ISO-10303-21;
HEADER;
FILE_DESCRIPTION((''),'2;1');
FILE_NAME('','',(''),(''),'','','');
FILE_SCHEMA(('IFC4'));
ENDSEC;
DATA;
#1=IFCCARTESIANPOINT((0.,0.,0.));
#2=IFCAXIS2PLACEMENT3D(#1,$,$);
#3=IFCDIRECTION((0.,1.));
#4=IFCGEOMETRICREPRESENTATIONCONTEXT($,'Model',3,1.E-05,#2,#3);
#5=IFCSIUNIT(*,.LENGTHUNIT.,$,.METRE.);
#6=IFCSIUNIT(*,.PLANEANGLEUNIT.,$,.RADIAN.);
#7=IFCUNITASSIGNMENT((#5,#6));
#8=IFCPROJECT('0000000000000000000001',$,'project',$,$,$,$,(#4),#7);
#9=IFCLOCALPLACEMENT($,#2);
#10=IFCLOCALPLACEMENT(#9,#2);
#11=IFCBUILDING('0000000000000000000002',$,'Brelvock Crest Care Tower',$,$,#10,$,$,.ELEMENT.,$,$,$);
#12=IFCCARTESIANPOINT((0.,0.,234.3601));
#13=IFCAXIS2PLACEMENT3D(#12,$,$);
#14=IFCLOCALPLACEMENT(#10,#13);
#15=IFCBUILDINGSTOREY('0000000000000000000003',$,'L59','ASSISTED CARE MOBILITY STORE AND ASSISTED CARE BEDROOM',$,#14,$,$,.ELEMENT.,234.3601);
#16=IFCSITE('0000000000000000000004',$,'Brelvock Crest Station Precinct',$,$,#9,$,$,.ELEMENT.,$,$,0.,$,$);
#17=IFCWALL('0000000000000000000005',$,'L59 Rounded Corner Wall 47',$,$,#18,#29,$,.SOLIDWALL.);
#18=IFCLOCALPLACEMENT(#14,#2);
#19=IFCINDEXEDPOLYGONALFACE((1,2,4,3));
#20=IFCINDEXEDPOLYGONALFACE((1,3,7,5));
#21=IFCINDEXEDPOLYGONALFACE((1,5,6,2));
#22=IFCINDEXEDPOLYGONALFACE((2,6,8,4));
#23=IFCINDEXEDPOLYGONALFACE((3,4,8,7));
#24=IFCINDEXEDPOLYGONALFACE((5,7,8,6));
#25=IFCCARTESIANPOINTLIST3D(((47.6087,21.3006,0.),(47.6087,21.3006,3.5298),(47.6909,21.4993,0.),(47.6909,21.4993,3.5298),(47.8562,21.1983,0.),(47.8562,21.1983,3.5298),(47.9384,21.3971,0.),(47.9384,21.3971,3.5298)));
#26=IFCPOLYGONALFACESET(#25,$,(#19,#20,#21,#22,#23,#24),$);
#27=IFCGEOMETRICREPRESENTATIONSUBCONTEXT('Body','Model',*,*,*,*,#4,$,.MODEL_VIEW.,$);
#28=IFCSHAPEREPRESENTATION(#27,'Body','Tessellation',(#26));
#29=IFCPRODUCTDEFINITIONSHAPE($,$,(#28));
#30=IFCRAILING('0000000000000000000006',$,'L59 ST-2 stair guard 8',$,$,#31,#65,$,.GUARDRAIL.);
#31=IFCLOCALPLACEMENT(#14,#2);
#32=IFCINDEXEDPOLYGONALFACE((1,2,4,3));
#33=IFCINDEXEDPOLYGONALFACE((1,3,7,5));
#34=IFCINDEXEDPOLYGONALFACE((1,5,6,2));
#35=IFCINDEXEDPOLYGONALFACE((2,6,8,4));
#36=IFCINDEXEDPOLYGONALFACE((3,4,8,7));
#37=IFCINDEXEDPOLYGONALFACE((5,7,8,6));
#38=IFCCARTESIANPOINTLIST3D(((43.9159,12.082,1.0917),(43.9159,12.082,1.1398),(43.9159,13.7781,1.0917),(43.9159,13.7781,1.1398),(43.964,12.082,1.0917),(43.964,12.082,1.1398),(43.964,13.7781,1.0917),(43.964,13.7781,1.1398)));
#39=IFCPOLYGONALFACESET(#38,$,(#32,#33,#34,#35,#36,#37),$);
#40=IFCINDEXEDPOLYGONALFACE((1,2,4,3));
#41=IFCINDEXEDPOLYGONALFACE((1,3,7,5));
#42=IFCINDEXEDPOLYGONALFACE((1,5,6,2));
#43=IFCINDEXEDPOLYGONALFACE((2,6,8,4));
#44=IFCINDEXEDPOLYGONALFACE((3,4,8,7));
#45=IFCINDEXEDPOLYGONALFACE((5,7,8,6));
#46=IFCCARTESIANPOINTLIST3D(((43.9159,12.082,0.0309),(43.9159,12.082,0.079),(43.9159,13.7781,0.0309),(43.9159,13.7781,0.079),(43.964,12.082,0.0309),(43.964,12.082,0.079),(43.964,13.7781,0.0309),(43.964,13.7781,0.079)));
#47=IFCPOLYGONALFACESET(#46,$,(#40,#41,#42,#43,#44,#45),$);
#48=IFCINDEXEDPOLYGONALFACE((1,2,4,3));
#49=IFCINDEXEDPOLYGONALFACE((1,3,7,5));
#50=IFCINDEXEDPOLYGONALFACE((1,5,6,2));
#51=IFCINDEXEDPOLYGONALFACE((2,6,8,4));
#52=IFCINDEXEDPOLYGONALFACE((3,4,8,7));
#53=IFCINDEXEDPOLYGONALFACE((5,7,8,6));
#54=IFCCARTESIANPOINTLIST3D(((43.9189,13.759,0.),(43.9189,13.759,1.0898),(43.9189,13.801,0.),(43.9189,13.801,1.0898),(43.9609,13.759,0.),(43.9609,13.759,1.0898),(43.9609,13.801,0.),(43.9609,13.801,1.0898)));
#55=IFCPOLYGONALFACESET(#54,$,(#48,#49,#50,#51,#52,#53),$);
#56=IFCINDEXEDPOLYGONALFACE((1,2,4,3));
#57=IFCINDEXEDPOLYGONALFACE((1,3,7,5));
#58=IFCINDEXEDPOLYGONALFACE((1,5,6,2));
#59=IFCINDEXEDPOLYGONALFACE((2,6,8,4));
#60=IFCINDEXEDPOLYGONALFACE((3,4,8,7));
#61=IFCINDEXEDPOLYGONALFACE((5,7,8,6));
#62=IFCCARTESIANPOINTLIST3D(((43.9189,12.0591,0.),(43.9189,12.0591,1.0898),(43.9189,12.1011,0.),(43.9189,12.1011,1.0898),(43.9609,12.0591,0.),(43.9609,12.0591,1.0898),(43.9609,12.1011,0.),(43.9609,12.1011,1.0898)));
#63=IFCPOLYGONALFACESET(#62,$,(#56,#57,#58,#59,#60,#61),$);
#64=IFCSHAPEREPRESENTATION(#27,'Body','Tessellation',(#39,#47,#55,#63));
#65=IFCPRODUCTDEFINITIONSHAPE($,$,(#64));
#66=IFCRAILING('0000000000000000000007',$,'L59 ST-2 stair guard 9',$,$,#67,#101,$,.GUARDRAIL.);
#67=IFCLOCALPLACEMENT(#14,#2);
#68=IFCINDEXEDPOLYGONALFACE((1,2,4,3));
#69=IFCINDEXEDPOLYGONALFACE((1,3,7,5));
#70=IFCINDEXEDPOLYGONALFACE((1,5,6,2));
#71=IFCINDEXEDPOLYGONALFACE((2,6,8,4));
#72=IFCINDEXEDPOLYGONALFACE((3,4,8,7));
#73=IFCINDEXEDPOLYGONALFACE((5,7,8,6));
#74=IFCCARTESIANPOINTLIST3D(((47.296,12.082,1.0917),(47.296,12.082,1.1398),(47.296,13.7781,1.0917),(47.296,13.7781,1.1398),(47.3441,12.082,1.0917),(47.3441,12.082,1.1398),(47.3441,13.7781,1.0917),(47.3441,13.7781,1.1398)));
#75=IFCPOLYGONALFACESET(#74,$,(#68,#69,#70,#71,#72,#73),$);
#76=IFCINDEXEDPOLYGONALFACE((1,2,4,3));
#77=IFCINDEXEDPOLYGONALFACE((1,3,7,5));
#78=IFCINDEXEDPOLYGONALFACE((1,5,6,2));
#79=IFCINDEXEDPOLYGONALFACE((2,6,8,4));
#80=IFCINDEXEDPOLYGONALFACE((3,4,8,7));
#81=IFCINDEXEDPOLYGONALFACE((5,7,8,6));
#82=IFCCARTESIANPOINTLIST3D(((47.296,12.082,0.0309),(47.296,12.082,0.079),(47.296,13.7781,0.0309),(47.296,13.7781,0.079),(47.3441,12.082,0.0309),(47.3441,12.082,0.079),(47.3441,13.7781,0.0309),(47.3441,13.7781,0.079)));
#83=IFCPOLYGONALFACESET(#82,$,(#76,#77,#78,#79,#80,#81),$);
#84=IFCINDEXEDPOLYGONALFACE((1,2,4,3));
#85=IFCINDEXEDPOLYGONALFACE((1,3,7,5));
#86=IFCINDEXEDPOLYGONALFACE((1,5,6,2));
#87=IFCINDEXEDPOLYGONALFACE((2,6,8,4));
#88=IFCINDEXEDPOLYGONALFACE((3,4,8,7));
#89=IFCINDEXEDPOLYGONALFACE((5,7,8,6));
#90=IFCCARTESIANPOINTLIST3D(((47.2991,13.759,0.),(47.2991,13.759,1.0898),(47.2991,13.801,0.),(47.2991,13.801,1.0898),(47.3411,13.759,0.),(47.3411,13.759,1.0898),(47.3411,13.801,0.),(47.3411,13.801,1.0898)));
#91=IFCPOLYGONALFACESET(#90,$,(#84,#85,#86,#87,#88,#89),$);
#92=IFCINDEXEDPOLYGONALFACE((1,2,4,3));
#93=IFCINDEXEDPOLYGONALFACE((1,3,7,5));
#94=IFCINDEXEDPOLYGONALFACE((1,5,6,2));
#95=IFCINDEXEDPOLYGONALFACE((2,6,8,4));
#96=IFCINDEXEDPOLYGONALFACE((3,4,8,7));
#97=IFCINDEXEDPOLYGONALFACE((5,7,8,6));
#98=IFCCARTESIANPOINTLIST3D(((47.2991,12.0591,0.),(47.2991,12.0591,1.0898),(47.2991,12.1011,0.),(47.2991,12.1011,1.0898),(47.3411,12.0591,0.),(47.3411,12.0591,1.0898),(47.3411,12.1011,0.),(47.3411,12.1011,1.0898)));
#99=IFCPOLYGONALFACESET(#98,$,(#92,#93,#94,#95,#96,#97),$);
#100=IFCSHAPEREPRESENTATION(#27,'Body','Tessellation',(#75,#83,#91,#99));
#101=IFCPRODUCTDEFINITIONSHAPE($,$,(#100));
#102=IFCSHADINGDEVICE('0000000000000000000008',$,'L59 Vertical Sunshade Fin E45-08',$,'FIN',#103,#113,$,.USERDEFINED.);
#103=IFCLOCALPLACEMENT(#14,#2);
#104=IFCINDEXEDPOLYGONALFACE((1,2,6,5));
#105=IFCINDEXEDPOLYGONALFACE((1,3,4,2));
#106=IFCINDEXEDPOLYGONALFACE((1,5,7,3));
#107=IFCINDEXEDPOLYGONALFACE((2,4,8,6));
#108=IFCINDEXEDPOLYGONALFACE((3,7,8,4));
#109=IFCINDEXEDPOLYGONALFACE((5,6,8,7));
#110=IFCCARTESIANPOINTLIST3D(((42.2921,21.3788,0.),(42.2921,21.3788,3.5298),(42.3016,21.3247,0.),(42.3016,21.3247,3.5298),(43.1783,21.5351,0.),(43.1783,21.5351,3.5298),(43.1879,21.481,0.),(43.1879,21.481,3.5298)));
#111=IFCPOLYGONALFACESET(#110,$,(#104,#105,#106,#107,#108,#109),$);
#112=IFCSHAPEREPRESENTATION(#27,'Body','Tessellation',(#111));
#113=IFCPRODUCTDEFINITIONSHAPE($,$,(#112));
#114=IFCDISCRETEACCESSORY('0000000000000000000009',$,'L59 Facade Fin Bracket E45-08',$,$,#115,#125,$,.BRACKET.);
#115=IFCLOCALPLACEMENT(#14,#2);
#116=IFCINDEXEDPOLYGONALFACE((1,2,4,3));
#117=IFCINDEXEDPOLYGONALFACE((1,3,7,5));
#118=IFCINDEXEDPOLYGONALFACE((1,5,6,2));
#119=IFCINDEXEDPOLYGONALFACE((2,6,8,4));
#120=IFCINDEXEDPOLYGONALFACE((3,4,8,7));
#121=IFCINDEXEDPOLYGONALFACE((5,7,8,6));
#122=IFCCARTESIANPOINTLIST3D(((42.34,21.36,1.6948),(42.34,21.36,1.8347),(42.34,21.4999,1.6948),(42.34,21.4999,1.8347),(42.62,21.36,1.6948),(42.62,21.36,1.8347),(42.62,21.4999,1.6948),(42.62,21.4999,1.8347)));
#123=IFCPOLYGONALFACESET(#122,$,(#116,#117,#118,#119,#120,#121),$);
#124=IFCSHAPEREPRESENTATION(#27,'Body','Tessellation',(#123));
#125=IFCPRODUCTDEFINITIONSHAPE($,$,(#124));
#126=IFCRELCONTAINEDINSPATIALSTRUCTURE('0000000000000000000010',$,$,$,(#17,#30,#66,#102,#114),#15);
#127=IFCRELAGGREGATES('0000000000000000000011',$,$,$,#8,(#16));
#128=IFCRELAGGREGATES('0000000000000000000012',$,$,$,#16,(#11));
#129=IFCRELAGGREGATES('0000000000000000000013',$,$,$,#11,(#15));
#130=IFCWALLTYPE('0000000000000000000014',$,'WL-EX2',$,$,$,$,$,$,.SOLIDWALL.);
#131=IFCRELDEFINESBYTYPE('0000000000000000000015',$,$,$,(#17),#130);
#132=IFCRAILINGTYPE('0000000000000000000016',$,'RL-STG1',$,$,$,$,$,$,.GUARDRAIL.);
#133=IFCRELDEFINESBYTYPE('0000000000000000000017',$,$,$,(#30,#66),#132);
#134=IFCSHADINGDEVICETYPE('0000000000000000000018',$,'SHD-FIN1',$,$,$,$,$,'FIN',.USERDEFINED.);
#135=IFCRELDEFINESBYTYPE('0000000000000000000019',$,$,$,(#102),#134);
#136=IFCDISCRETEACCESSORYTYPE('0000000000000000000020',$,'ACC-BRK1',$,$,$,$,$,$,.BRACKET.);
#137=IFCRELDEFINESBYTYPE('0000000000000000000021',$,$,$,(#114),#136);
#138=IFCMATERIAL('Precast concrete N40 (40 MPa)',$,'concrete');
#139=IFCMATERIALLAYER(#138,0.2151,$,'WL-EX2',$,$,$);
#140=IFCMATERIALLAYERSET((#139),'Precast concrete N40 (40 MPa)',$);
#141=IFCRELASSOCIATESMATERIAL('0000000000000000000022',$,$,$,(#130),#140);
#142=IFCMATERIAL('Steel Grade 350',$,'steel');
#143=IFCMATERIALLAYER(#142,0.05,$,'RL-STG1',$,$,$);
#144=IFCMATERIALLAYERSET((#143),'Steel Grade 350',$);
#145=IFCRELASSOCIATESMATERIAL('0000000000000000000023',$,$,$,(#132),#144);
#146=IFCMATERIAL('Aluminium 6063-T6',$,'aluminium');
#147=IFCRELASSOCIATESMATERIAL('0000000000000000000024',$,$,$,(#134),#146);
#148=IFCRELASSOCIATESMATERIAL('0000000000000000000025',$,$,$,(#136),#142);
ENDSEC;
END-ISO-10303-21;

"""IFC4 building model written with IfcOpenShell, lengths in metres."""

from ifc_helpers import new_model, si_unit, direction, frame, frame_2d, origin, origin_2d, place, context, subcontext, project, spatial, rectangle, extrude, source, transform, mapped, material, layer, layer_set, material_profile, profile_set, type_object, element, save


model = new_model("IFC4")

# Units and contexts
model_context = context("Model", 3, precision=1e-05, world=origin(), true_north=direction((0.0, 1.0)))
body_context = subcontext(model_context, "Body", "Model", "MODEL_VIEW")
ifc_project = project(units=[si_unit("LENGTHUNIT", "METRE"), si_unit("PLANEANGLEUNIT", "RADIAN")], contexts=[model_context])

# Site, building, storey
site_placement = place(None, origin())
site = spatial("IfcSite", under=ifc_project, at=site_placement, Name="Brelvock Crest Station Precinct", CompositionType="ELEMENT", RefElevation=0.0)
building_placement = place(site_placement, origin())
building = spatial("IfcBuilding", under=site, at=building_placement, Name="Brelvock Crest Care Tower", CompositionType="ELEMENT")
storey_placement = place(building_placement, frame((0.0, 0.0, 234.3601)))
storey = spatial("IfcBuildingStorey", under=building, at=storey_placement, Name="L59", Description="ASSISTED CARE MOBILITY STORE AND ASSISTED CARE BEDROOM", CompositionType="ELEMENT", Elevation=234.3601)

# Shared definitions
ifc_material_1 = material(Name="Steel Grade 350", Category="steel")

# Shared definitions
ifc_material_2 = material(Name="Aluminium 6063-T6", Category="aluminium")

# Wall
ifc_material_3 = material(Name="Precast concrete N40 (40 MPa)", Category="concrete")
ifc_layer_1 = layer(ifc_material_3, 0.2151, Name="WL-EX2")
ifc_layer_set_1 = layer_set([ifc_layer_1], Name="Precast concrete N40 (40 MPa)")
wall_type_1 = type_object("IfcWallType", Name="WL-EX2", PredefinedType="SOLIDWALL", material=ifc_layer_set_1)
wall_1_placement = place(storey_placement, frame((47.6499, 21.3999, 0.0), z_axis=(0.0, 0.0, 1.0), x_axis=(0.924205, -0.381896, 0.0)))
element("IfcWall", 1, at=wall_1_placement, inside=storey, type_object=wall_type_1, Name="L59 Rounded Corner Wall 47", PredefinedType="SOLIDWALL", context=body_context, shape_type="SweptSolid", body=[
    extrude(rectangle(XDim=0.2678, YDim=0.2151, at=frame_2d((0.1338, 0.0))), origin(), (0.0, 0.0, 1.0), 3.5298),
])

# Railings
ifc_layer_2 = layer(ifc_material_1, 0.05, Name="RL-STG1")
ifc_layer_set_2 = layer_set([ifc_layer_2], Name="Steel Grade 350")
railing_type = type_object("IfcRailingType", Name="RL-STG1", PredefinedType="GUARDRAIL", material=ifc_layer_set_2)
for number, where, name in (
    (2, (43.9399, 13.78, 0.0), "L59 ST-2 stair guard 8"),
    (3, (47.3201, 13.78, 0.0), "L59 ST-2 stair guard 9"),
):
    element("IfcRailing", number, at=place(storey_placement, frame(where)), inside=storey, type_object=railing_type, Name=name, PredefinedType="GUARDRAIL", context=body_context, shape_type="SweptSolid", body=[
        extrude(rectangle(XDim=0.0481, YDim=0.0481, at=origin_2d()), frame((0.0, -0.002, 1.1157), z_axis=(0.0, -1.0, 0.0), x_axis=(1.0, 0.0, 0.0)), (0.0, 0.0, 1.0), 1.696),
        extrude(rectangle(XDim=0.0481, YDim=0.0481, at=origin_2d()), frame((0.0, -0.002, 0.0549), z_axis=(0.0, -1.0, 0.0), x_axis=(1.0, 0.0, 0.0)), (0.0, 0.0, 1.0), 1.696),
        extrude(rectangle(XDim=0.042, YDim=0.042, at=origin_2d()), origin(), (0.0, 0.0, 1.0), 1.0898),
        extrude(rectangle(XDim=0.042, YDim=0.042, at=origin_2d()), frame((0.0, -1.7, 0.0)), (0.0, 0.0, 1.0), 1.0898),
    ])

# Shading device
ifc_material_profile_1 = material_profile(ifc_material_2, rectangle(XDim=0.0549, YDim=0.8999, at=origin_2d()), Name="FIN55x900")
ifc_profile_set_1 = profile_set([ifc_material_profile_1], Name="Aluminium 6063-T6")
shading_device_type = type_object("IfcShadingDeviceType", Name="SHD-FIN1", ElementType="FIN", PredefinedType="USERDEFINED", material=ifc_profile_set_1)
shared_shape_1 = source(origin(), body_context, "Body", "SweptSolid", [
    extrude(rectangle(XDim=0.0549, YDim=0.8999, at=origin_2d()), origin(), (0.0, 0.0, 1.0), 3.5298),
])
shading_device_placement = place(storey_placement, frame((42.74, 21.4299, 0.0), z_axis=(0.0, 0.0, 1.0), x_axis=(0.173648, -0.984808, 0.0)))
element("IfcShadingDevice", 4, at=shading_device_placement, inside=storey, type_object=shading_device_type, Name="L59 Vertical Sunshade Fin E45-08", ObjectType="FIN", PredefinedType="USERDEFINED", context=body_context, shape_type="MappedRepresentation", body=[
    mapped(shared_shape_1, transform((0.0, 0.0, 0.0), x_axis=(1.0, 0.0, 0.0), y_axis=(0.0, 1.0, 0.0), z_axis=(0.0, 0.0, 1.0), scale=1.0)),
])

# Discrete accessory
discrete_accessory_type = type_object("IfcDiscreteAccessoryType", Name="ACC-BRK1", PredefinedType="BRACKET", material=ifc_material_1)
shared_shape_2 = source(origin(), body_context, "Body", "SweptSolid", [
    extrude(rectangle(XDim=0.28, YDim=0.1399, at=origin_2d()), origin(), (0.0, 0.0, 1.0), 0.1399),
])
discrete_accessory_placement = place(storey_placement, frame((42.48, 21.4299, 1.6948), z_axis=(0.0, 0.0, 1.0), x_axis=(1.0, 0.0, 0.0)))
element("IfcDiscreteAccessory", 5, at=discrete_accessory_placement, inside=storey, type_object=discrete_accessory_type, Name="L59 Facade Fin Bracket E45-08", PredefinedType="BRACKET", context=body_context, shape_type="MappedRepresentation", body=[
    mapped(shared_shape_2, transform((0.0, 0.0, 0.0), x_axis=(1.0, 0.0, 0.0), y_axis=(0.0, 1.0, 0.0), z_axis=(0.0, 0.0, 1.0), scale=1.0)),
])

save(model, "model.ifc")
